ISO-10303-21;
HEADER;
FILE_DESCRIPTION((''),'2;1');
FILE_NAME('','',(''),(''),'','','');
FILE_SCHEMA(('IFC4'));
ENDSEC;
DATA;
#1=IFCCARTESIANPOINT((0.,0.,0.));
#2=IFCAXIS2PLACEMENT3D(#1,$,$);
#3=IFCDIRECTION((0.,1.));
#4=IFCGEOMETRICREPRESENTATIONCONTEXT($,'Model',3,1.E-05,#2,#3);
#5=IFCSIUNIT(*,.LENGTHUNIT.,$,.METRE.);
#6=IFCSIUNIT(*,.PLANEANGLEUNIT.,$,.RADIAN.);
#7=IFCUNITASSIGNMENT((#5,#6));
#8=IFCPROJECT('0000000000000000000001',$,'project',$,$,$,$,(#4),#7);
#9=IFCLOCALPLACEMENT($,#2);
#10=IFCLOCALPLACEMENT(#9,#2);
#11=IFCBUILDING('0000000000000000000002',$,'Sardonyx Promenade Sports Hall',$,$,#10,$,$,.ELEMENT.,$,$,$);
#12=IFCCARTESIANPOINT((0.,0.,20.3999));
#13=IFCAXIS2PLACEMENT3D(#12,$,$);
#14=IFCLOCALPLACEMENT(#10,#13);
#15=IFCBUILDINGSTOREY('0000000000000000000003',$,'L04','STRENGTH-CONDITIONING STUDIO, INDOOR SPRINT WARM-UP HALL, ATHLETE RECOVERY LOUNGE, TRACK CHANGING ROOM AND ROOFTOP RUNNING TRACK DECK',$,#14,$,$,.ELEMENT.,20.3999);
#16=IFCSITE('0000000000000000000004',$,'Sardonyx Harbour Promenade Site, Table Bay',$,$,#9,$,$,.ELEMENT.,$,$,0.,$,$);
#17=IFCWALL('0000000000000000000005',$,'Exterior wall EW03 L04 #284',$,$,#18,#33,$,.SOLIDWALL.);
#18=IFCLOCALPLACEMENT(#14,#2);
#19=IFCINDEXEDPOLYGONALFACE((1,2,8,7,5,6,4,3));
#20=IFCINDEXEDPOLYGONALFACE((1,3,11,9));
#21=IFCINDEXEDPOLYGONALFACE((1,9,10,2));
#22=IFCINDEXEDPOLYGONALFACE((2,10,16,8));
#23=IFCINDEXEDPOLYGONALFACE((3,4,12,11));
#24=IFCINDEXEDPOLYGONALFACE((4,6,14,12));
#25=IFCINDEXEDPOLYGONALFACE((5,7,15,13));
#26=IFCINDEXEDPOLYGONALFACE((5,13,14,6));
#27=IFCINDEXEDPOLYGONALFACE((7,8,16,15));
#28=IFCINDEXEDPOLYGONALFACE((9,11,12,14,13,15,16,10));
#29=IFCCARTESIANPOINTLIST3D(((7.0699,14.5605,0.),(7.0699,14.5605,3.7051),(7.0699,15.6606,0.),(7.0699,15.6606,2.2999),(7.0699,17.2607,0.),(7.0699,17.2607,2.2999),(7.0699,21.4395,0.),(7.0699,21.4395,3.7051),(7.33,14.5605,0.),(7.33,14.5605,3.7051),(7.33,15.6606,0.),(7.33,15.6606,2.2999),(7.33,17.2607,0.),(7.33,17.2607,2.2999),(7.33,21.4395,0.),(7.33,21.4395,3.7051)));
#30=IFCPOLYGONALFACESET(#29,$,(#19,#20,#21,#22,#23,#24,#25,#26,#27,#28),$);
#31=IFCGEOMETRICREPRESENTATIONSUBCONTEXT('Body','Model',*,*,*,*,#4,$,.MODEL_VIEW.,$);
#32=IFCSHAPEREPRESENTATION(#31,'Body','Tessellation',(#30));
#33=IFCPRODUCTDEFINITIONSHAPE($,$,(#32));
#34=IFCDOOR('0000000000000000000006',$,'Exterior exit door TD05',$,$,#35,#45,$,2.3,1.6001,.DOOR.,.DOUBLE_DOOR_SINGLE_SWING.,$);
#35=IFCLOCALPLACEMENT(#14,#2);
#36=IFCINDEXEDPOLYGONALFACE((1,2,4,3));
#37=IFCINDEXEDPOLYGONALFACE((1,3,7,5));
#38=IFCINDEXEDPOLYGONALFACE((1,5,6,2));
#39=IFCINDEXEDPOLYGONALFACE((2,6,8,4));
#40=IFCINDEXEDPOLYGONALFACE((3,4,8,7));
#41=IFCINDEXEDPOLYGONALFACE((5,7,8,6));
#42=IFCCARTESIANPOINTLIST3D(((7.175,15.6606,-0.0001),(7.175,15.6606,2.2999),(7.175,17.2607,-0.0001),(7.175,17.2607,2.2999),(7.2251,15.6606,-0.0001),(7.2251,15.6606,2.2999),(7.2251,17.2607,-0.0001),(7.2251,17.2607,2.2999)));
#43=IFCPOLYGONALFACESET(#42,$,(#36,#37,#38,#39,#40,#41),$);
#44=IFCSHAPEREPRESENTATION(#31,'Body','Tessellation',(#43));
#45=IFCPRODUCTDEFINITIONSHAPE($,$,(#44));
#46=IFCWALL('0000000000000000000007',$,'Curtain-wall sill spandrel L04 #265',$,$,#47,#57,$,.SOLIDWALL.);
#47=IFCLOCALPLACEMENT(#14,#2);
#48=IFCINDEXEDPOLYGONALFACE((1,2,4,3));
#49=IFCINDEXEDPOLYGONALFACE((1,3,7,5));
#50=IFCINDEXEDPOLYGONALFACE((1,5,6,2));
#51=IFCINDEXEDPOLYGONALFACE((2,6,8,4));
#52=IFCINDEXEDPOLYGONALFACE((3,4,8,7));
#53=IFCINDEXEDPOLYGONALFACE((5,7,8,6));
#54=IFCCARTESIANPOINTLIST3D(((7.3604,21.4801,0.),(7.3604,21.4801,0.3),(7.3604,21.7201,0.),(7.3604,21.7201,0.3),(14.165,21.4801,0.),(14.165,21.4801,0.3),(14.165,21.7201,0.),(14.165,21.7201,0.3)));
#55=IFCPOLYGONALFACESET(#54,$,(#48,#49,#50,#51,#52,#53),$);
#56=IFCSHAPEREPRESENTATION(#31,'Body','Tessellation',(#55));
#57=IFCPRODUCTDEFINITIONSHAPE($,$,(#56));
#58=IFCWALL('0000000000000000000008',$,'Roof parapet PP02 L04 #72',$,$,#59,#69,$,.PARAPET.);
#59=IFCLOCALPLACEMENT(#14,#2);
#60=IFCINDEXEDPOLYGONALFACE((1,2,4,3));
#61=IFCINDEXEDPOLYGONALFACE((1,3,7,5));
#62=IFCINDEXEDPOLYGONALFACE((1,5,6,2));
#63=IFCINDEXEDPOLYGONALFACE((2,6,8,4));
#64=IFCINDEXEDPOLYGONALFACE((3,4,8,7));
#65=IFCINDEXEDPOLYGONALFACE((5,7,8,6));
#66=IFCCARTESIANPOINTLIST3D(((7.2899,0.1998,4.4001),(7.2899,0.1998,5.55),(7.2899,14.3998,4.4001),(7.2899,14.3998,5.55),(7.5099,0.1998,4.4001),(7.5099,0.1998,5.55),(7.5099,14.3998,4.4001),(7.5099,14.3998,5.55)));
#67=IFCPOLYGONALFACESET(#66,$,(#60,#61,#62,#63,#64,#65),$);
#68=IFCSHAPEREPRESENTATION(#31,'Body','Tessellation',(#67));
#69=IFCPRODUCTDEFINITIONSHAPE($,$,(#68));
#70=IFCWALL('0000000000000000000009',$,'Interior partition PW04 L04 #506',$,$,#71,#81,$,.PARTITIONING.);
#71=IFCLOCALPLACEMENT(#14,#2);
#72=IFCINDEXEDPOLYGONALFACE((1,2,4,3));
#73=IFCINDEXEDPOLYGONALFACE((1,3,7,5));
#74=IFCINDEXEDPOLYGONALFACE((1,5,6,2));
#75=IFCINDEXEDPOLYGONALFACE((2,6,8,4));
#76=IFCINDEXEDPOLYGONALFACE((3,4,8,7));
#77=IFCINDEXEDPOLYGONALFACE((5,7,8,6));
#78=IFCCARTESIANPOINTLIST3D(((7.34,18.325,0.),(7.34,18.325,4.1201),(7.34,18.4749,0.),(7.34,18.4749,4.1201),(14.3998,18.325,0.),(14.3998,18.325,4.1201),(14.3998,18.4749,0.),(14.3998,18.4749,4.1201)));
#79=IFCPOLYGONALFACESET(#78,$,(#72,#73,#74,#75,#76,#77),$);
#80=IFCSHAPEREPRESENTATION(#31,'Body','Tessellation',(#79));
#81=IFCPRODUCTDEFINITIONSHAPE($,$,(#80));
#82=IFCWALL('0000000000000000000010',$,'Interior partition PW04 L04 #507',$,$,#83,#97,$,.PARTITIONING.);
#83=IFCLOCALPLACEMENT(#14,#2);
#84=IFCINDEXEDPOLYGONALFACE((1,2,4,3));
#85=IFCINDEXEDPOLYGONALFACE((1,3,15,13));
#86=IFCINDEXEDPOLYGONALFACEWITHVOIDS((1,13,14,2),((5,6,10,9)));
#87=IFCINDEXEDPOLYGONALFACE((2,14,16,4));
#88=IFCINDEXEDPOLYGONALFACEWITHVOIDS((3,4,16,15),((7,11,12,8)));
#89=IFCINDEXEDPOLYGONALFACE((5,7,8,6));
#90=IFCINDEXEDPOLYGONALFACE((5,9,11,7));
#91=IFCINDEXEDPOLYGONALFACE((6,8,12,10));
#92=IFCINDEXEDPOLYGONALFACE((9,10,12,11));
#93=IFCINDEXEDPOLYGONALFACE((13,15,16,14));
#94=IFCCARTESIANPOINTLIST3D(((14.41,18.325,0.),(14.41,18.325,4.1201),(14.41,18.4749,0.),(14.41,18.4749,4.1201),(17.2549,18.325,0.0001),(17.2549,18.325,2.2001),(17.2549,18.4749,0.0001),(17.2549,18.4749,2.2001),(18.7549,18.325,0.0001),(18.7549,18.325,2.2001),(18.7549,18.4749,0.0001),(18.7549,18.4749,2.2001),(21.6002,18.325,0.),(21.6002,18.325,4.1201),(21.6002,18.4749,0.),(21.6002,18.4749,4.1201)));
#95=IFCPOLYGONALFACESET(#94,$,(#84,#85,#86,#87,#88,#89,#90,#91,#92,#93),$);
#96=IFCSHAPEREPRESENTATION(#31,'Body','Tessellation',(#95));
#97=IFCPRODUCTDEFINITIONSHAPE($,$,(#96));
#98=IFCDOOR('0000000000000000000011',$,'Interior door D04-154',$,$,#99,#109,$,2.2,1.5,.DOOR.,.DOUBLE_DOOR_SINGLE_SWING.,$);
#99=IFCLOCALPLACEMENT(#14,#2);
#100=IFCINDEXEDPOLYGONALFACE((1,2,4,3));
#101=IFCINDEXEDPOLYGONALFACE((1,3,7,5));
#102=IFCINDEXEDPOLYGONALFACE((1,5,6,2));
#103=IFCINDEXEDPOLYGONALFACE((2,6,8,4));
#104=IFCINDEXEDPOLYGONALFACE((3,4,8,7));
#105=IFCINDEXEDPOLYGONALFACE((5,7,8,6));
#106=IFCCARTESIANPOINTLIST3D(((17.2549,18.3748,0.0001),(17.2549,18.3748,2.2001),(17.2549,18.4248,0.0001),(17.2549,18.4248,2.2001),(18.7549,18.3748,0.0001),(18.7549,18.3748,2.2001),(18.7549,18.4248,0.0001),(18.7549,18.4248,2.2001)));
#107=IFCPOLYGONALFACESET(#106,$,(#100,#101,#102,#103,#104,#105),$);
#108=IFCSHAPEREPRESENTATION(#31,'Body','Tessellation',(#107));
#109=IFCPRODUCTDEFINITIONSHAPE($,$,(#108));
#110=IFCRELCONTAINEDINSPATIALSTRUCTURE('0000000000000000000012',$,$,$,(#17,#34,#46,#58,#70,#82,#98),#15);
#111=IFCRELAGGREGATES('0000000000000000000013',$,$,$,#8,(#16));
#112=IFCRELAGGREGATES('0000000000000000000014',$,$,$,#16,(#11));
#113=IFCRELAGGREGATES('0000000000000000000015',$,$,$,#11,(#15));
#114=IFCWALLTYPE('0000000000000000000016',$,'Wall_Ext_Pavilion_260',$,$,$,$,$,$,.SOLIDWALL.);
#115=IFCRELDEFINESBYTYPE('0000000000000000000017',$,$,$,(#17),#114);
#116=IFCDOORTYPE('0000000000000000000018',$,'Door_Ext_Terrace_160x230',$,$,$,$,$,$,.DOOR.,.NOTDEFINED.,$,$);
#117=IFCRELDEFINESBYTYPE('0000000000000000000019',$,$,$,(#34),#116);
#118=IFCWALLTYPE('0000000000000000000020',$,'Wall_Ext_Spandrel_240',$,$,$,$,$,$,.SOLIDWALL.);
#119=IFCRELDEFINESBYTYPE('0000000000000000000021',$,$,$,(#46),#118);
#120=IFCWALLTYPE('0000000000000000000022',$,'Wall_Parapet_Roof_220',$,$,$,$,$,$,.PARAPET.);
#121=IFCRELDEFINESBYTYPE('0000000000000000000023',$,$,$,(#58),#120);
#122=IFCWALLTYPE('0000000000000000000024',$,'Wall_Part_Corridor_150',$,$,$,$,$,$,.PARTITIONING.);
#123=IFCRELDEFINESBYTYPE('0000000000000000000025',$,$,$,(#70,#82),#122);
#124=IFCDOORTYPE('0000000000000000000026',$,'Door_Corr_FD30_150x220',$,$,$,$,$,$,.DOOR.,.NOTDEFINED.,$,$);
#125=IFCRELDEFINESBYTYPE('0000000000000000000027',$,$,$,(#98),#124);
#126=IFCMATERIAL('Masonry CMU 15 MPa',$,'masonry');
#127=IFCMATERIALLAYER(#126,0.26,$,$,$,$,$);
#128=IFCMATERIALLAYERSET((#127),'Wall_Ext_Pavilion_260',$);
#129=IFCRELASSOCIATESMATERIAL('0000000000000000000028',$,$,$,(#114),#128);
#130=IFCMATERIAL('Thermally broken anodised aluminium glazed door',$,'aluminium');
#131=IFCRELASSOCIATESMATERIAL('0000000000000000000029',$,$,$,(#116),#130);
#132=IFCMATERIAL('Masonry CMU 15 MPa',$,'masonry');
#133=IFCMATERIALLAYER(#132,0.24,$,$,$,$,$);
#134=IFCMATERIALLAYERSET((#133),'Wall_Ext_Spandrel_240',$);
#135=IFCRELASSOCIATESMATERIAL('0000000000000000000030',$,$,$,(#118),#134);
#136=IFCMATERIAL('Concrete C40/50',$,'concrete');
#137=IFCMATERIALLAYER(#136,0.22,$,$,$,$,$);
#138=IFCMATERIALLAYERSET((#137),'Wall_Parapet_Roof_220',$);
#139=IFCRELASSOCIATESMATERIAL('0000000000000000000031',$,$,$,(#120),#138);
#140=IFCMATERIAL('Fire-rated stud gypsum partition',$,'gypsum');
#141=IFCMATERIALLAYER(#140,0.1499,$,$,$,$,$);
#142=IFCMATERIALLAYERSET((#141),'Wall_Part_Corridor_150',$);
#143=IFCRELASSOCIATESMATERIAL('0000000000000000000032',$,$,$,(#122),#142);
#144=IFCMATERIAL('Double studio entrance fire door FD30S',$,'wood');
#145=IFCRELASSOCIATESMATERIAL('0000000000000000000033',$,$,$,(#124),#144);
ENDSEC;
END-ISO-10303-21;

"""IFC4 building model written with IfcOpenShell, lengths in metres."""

from ifc_helpers import new_model, si_unit, direction, frame, frame_2d, origin, place, context, subcontext, project, spatial, rectangle, extrude, material, layer, layer_set, type_object, element, fill, save


model = new_model("IFC4")

# Units and contexts
model_context = context("Model", 3, precision=1e-05, world=origin(), true_north=direction((0.0, 1.0)))
body_context = subcontext(model_context, "Body", "Model", "MODEL_VIEW")
ifc_project = project(units=[si_unit("LENGTHUNIT", "METRE"), si_unit("PLANEANGLEUNIT", "RADIAN")], contexts=[model_context])

# Site, building, storey
site_placement = place(None, origin())
site = spatial("IfcSite", under=ifc_project, at=site_placement, Name="Sardonyx Harbour Promenade Site, Table Bay", CompositionType="ELEMENT", RefElevation=0.0)
building_placement = place(site_placement, origin())
building = spatial("IfcBuilding", under=site, at=building_placement, Name="Sardonyx Promenade Sports Hall", CompositionType="ELEMENT")
storey_placement = place(building_placement, frame((0.0, 0.0, 20.3999)))
storey = spatial("IfcBuildingStorey", under=building, at=storey_placement, Name="L04", Description="STRENGTH-CONDITIONING STUDIO, INDOOR SPRINT WARM-UP HALL, ATHLETE RECOVERY LOUNGE, TRACK CHANGING ROOM AND ROOFTOP RUNNING TRACK DECK", CompositionType="ELEMENT", Elevation=20.3999)

# Wall, opening, door
ifc_material_1 = material(Name="Masonry CMU 15 MPa", Category="masonry")
ifc_layer_1 = layer(ifc_material_1, 0.26)
ifc_layer_set_1 = layer_set([ifc_layer_1], Name="Wall_Ext_Pavilion_260")
wall_type_1 = type_object("IfcWallType", Name="Wall_Ext_Pavilion_260", PredefinedType="SOLIDWALL", material=ifc_layer_set_1)
wall_1_placement = place(storey_placement, frame((7.2, 14.5605, 0.0), z_axis=(0.0, 0.0, 1.0), x_axis=(0.0, 1.0, 0.0)))
wall_1 = element("IfcWall", 1, at=wall_1_placement, inside=storey, type_object=wall_type_1, Name="Exterior wall EW03 L04 #284", PredefinedType="SOLIDWALL", context=body_context, shape_type="SweptSolid", body=[
    extrude(rectangle(XDim=6.8789, YDim=0.26, at=frame_2d((3.4395, 0.0))), origin(), (0.0, 0.0, 1.0), 3.7051),
])
opening_1_placement = place(wall_1_placement, frame((1.1001, 0.0, 0.0)))
opening_1 = element("IfcOpeningElement", 2, at=opening_1_placement, cuts=wall_1, PredefinedType="OPENING", context=body_context, shape_type="SweptSolid", body=[
    extrude(rectangle(XDim=1.6001, YDim=2.3, at=frame_2d((0.8, 1.1499))), frame((0.0, 0.14, 0.0), z_axis=(0.0, -1.0, 0.0), x_axis=(1.0, 0.0, 0.0)), (0.0, 0.0, 1.0), 0.28),
])
ifc_material_2 = material(Name="Thermally broken anodised aluminium glazed door", Category="aluminium")
door_type_1 = type_object("IfcDoorType", Name="Door_Ext_Terrace_160x230", OperationType="NOTDEFINED", PredefinedType="DOOR", material=ifc_material_2)
door_1_placement = place(opening_1_placement, origin())
door_1 = element("IfcDoor", 3, at=door_1_placement, inside=storey, type_object=door_type_1, Name="Exterior exit door TD05", OperationType="DOUBLE_DOOR_SINGLE_SWING", OverallHeight=2.3, OverallWidth=1.6001, PredefinedType="DOOR", context=body_context, shape_type="SweptSolid", body=[
    extrude(rectangle(XDim=1.6001, YDim=2.3, at=frame_2d((0.8, 1.1499))), frame((0.0, 0.0249, 0.0), z_axis=(0.0, -1.0, 0.0), x_axis=(1.0, 0.0, 0.0)), (0.0, 0.0, 1.0), 0.05),
])
fill(opening_1, door_1)

# Walls
ifc_material_3 = material(Name="Masonry CMU 15 MPa", Category="masonry")
ifc_layer_2 = layer(ifc_material_3, 0.24)
ifc_layer_set_2 = layer_set([ifc_layer_2], Name="Wall_Ext_Spandrel_240")
wall_type_2 = type_object("IfcWallType", Name="Wall_Ext_Spandrel_240", PredefinedType="SOLIDWALL", material=ifc_layer_set_2)
wall_2_placement = place(storey_placement, frame((7.3604, 21.6001, 0.0), z_axis=(0.0, 0.0, 1.0), x_axis=(1.0, 0.0, 0.0)))
element("IfcWall", 4, at=wall_2_placement, inside=storey, type_object=wall_type_2, Name="Curtain-wall sill spandrel L04 #265", PredefinedType="SOLIDWALL", context=body_context, shape_type="SweptSolid", body=[
    extrude(rectangle(XDim=6.8047, YDim=0.24, at=frame_2d((3.4023, 0.0))), origin(), (0.0, 0.0, 1.0), 0.3),
])
ifc_material_4 = material(Name="Concrete C40/50", Category="concrete")
ifc_layer_3 = layer(ifc_material_4, 0.22)
ifc_layer_set_3 = layer_set([ifc_layer_3], Name="Wall_Parapet_Roof_220")
wall_type_3 = type_object("IfcWallType", Name="Wall_Parapet_Roof_220", PredefinedType="PARAPET", material=ifc_layer_set_3)
wall_3_placement = place(storey_placement, frame((7.3999, 14.3999, 4.4001), z_axis=(0.0, 0.0, 1.0), x_axis=(0.0, -1.0, 0.0)))
element("IfcWall", 5, at=wall_3_placement, inside=storey, type_object=wall_type_3, Name="Roof parapet PP02 L04 #72", PredefinedType="PARAPET", context=body_context, shape_type="SweptSolid", body=[
    extrude(rectangle(XDim=14.2, YDim=0.22, at=frame_2d((7.1001, 0.0))), origin(), (0.0, 0.0, 1.0), 1.1499),
])
ifc_material_5 = material(Name="Fire-rated stud gypsum partition", Category="gypsum")
ifc_layer_4 = layer(ifc_material_5, 0.1499)
ifc_layer_set_4 = layer_set([ifc_layer_4], Name="Wall_Part_Corridor_150")
wall_type_4 = type_object("IfcWallType", Name="Wall_Part_Corridor_150", PredefinedType="PARTITIONING", material=ifc_layer_set_4)
wall_4_placement = place(storey_placement, frame((7.3401, 18.3999, 0.0), z_axis=(0.0, 0.0, 1.0), x_axis=(1.0, 0.0, 0.0)))
element("IfcWall", 6, at=wall_4_placement, inside=storey, type_object=wall_type_4, Name="Interior partition PW04 L04 #506", PredefinedType="PARTITIONING", context=body_context, shape_type="SweptSolid", body=[
    extrude(rectangle(XDim=7.0598, YDim=0.1499, at=frame_2d((3.5298, 0.0))), origin(), (0.0, 0.0, 1.0), 4.1201),
])

# Wall, opening, door
wall_5_placement = place(storey_placement, frame((14.4099, 18.3999, 0.0), z_axis=(0.0, 0.0, 1.0), x_axis=(1.0, 0.0, 0.0)))
wall_5 = element("IfcWall", 7, at=wall_5_placement, inside=storey, type_object=wall_type_4, Name="Interior partition PW04 L04 #507", PredefinedType="PARTITIONING", context=body_context, shape_type="SweptSolid", body=[
    extrude(rectangle(XDim=7.1902, YDim=0.1499, at=frame_2d((3.5952, 0.0))), origin(), (0.0, 0.0, 1.0), 4.1201),
])
opening_2_placement = place(wall_5_placement, frame((2.845, 0.0, 0.0)))
opening_2 = element("IfcOpeningElement", 8, at=opening_2_placement, cuts=wall_5, PredefinedType="OPENING", context=body_context, shape_type="SweptSolid", body=[
    extrude(rectangle(XDim=1.5, YDim=2.2, at=frame_2d((0.75, 1.1001))), frame((0.0, 0.085, 0.0), z_axis=(0.0, -1.0, 0.0), x_axis=(1.0, 0.0, 0.0)), (0.0, 0.0, 1.0), 0.17),
])
ifc_material_6 = material(Name="Double studio entrance fire door FD30S", Category="wood")
door_type_2 = type_object("IfcDoorType", Name="Door_Corr_FD30_150x220", OperationType="NOTDEFINED", PredefinedType="DOOR", material=ifc_material_6)
door_2_placement = place(opening_2_placement, origin())
door_2 = element("IfcDoor", 9, at=door_2_placement, inside=storey, type_object=door_type_2, Name="Interior door D04-154", OperationType="DOUBLE_DOOR_SINGLE_SWING", OverallHeight=2.2, OverallWidth=1.5, PredefinedType="DOOR", context=body_context, shape_type="SweptSolid", body=[
    extrude(rectangle(XDim=1.5, YDim=2.2, at=frame_2d((0.75, 1.1001))), frame((0.0, 0.0249, 0.0), z_axis=(0.0, -1.0, 0.0), x_axis=(1.0, 0.0, 0.0)), (0.0, 0.0, 1.0), 0.05),
])
fill(opening_2, door_2)

save(model, "model.ifc")
